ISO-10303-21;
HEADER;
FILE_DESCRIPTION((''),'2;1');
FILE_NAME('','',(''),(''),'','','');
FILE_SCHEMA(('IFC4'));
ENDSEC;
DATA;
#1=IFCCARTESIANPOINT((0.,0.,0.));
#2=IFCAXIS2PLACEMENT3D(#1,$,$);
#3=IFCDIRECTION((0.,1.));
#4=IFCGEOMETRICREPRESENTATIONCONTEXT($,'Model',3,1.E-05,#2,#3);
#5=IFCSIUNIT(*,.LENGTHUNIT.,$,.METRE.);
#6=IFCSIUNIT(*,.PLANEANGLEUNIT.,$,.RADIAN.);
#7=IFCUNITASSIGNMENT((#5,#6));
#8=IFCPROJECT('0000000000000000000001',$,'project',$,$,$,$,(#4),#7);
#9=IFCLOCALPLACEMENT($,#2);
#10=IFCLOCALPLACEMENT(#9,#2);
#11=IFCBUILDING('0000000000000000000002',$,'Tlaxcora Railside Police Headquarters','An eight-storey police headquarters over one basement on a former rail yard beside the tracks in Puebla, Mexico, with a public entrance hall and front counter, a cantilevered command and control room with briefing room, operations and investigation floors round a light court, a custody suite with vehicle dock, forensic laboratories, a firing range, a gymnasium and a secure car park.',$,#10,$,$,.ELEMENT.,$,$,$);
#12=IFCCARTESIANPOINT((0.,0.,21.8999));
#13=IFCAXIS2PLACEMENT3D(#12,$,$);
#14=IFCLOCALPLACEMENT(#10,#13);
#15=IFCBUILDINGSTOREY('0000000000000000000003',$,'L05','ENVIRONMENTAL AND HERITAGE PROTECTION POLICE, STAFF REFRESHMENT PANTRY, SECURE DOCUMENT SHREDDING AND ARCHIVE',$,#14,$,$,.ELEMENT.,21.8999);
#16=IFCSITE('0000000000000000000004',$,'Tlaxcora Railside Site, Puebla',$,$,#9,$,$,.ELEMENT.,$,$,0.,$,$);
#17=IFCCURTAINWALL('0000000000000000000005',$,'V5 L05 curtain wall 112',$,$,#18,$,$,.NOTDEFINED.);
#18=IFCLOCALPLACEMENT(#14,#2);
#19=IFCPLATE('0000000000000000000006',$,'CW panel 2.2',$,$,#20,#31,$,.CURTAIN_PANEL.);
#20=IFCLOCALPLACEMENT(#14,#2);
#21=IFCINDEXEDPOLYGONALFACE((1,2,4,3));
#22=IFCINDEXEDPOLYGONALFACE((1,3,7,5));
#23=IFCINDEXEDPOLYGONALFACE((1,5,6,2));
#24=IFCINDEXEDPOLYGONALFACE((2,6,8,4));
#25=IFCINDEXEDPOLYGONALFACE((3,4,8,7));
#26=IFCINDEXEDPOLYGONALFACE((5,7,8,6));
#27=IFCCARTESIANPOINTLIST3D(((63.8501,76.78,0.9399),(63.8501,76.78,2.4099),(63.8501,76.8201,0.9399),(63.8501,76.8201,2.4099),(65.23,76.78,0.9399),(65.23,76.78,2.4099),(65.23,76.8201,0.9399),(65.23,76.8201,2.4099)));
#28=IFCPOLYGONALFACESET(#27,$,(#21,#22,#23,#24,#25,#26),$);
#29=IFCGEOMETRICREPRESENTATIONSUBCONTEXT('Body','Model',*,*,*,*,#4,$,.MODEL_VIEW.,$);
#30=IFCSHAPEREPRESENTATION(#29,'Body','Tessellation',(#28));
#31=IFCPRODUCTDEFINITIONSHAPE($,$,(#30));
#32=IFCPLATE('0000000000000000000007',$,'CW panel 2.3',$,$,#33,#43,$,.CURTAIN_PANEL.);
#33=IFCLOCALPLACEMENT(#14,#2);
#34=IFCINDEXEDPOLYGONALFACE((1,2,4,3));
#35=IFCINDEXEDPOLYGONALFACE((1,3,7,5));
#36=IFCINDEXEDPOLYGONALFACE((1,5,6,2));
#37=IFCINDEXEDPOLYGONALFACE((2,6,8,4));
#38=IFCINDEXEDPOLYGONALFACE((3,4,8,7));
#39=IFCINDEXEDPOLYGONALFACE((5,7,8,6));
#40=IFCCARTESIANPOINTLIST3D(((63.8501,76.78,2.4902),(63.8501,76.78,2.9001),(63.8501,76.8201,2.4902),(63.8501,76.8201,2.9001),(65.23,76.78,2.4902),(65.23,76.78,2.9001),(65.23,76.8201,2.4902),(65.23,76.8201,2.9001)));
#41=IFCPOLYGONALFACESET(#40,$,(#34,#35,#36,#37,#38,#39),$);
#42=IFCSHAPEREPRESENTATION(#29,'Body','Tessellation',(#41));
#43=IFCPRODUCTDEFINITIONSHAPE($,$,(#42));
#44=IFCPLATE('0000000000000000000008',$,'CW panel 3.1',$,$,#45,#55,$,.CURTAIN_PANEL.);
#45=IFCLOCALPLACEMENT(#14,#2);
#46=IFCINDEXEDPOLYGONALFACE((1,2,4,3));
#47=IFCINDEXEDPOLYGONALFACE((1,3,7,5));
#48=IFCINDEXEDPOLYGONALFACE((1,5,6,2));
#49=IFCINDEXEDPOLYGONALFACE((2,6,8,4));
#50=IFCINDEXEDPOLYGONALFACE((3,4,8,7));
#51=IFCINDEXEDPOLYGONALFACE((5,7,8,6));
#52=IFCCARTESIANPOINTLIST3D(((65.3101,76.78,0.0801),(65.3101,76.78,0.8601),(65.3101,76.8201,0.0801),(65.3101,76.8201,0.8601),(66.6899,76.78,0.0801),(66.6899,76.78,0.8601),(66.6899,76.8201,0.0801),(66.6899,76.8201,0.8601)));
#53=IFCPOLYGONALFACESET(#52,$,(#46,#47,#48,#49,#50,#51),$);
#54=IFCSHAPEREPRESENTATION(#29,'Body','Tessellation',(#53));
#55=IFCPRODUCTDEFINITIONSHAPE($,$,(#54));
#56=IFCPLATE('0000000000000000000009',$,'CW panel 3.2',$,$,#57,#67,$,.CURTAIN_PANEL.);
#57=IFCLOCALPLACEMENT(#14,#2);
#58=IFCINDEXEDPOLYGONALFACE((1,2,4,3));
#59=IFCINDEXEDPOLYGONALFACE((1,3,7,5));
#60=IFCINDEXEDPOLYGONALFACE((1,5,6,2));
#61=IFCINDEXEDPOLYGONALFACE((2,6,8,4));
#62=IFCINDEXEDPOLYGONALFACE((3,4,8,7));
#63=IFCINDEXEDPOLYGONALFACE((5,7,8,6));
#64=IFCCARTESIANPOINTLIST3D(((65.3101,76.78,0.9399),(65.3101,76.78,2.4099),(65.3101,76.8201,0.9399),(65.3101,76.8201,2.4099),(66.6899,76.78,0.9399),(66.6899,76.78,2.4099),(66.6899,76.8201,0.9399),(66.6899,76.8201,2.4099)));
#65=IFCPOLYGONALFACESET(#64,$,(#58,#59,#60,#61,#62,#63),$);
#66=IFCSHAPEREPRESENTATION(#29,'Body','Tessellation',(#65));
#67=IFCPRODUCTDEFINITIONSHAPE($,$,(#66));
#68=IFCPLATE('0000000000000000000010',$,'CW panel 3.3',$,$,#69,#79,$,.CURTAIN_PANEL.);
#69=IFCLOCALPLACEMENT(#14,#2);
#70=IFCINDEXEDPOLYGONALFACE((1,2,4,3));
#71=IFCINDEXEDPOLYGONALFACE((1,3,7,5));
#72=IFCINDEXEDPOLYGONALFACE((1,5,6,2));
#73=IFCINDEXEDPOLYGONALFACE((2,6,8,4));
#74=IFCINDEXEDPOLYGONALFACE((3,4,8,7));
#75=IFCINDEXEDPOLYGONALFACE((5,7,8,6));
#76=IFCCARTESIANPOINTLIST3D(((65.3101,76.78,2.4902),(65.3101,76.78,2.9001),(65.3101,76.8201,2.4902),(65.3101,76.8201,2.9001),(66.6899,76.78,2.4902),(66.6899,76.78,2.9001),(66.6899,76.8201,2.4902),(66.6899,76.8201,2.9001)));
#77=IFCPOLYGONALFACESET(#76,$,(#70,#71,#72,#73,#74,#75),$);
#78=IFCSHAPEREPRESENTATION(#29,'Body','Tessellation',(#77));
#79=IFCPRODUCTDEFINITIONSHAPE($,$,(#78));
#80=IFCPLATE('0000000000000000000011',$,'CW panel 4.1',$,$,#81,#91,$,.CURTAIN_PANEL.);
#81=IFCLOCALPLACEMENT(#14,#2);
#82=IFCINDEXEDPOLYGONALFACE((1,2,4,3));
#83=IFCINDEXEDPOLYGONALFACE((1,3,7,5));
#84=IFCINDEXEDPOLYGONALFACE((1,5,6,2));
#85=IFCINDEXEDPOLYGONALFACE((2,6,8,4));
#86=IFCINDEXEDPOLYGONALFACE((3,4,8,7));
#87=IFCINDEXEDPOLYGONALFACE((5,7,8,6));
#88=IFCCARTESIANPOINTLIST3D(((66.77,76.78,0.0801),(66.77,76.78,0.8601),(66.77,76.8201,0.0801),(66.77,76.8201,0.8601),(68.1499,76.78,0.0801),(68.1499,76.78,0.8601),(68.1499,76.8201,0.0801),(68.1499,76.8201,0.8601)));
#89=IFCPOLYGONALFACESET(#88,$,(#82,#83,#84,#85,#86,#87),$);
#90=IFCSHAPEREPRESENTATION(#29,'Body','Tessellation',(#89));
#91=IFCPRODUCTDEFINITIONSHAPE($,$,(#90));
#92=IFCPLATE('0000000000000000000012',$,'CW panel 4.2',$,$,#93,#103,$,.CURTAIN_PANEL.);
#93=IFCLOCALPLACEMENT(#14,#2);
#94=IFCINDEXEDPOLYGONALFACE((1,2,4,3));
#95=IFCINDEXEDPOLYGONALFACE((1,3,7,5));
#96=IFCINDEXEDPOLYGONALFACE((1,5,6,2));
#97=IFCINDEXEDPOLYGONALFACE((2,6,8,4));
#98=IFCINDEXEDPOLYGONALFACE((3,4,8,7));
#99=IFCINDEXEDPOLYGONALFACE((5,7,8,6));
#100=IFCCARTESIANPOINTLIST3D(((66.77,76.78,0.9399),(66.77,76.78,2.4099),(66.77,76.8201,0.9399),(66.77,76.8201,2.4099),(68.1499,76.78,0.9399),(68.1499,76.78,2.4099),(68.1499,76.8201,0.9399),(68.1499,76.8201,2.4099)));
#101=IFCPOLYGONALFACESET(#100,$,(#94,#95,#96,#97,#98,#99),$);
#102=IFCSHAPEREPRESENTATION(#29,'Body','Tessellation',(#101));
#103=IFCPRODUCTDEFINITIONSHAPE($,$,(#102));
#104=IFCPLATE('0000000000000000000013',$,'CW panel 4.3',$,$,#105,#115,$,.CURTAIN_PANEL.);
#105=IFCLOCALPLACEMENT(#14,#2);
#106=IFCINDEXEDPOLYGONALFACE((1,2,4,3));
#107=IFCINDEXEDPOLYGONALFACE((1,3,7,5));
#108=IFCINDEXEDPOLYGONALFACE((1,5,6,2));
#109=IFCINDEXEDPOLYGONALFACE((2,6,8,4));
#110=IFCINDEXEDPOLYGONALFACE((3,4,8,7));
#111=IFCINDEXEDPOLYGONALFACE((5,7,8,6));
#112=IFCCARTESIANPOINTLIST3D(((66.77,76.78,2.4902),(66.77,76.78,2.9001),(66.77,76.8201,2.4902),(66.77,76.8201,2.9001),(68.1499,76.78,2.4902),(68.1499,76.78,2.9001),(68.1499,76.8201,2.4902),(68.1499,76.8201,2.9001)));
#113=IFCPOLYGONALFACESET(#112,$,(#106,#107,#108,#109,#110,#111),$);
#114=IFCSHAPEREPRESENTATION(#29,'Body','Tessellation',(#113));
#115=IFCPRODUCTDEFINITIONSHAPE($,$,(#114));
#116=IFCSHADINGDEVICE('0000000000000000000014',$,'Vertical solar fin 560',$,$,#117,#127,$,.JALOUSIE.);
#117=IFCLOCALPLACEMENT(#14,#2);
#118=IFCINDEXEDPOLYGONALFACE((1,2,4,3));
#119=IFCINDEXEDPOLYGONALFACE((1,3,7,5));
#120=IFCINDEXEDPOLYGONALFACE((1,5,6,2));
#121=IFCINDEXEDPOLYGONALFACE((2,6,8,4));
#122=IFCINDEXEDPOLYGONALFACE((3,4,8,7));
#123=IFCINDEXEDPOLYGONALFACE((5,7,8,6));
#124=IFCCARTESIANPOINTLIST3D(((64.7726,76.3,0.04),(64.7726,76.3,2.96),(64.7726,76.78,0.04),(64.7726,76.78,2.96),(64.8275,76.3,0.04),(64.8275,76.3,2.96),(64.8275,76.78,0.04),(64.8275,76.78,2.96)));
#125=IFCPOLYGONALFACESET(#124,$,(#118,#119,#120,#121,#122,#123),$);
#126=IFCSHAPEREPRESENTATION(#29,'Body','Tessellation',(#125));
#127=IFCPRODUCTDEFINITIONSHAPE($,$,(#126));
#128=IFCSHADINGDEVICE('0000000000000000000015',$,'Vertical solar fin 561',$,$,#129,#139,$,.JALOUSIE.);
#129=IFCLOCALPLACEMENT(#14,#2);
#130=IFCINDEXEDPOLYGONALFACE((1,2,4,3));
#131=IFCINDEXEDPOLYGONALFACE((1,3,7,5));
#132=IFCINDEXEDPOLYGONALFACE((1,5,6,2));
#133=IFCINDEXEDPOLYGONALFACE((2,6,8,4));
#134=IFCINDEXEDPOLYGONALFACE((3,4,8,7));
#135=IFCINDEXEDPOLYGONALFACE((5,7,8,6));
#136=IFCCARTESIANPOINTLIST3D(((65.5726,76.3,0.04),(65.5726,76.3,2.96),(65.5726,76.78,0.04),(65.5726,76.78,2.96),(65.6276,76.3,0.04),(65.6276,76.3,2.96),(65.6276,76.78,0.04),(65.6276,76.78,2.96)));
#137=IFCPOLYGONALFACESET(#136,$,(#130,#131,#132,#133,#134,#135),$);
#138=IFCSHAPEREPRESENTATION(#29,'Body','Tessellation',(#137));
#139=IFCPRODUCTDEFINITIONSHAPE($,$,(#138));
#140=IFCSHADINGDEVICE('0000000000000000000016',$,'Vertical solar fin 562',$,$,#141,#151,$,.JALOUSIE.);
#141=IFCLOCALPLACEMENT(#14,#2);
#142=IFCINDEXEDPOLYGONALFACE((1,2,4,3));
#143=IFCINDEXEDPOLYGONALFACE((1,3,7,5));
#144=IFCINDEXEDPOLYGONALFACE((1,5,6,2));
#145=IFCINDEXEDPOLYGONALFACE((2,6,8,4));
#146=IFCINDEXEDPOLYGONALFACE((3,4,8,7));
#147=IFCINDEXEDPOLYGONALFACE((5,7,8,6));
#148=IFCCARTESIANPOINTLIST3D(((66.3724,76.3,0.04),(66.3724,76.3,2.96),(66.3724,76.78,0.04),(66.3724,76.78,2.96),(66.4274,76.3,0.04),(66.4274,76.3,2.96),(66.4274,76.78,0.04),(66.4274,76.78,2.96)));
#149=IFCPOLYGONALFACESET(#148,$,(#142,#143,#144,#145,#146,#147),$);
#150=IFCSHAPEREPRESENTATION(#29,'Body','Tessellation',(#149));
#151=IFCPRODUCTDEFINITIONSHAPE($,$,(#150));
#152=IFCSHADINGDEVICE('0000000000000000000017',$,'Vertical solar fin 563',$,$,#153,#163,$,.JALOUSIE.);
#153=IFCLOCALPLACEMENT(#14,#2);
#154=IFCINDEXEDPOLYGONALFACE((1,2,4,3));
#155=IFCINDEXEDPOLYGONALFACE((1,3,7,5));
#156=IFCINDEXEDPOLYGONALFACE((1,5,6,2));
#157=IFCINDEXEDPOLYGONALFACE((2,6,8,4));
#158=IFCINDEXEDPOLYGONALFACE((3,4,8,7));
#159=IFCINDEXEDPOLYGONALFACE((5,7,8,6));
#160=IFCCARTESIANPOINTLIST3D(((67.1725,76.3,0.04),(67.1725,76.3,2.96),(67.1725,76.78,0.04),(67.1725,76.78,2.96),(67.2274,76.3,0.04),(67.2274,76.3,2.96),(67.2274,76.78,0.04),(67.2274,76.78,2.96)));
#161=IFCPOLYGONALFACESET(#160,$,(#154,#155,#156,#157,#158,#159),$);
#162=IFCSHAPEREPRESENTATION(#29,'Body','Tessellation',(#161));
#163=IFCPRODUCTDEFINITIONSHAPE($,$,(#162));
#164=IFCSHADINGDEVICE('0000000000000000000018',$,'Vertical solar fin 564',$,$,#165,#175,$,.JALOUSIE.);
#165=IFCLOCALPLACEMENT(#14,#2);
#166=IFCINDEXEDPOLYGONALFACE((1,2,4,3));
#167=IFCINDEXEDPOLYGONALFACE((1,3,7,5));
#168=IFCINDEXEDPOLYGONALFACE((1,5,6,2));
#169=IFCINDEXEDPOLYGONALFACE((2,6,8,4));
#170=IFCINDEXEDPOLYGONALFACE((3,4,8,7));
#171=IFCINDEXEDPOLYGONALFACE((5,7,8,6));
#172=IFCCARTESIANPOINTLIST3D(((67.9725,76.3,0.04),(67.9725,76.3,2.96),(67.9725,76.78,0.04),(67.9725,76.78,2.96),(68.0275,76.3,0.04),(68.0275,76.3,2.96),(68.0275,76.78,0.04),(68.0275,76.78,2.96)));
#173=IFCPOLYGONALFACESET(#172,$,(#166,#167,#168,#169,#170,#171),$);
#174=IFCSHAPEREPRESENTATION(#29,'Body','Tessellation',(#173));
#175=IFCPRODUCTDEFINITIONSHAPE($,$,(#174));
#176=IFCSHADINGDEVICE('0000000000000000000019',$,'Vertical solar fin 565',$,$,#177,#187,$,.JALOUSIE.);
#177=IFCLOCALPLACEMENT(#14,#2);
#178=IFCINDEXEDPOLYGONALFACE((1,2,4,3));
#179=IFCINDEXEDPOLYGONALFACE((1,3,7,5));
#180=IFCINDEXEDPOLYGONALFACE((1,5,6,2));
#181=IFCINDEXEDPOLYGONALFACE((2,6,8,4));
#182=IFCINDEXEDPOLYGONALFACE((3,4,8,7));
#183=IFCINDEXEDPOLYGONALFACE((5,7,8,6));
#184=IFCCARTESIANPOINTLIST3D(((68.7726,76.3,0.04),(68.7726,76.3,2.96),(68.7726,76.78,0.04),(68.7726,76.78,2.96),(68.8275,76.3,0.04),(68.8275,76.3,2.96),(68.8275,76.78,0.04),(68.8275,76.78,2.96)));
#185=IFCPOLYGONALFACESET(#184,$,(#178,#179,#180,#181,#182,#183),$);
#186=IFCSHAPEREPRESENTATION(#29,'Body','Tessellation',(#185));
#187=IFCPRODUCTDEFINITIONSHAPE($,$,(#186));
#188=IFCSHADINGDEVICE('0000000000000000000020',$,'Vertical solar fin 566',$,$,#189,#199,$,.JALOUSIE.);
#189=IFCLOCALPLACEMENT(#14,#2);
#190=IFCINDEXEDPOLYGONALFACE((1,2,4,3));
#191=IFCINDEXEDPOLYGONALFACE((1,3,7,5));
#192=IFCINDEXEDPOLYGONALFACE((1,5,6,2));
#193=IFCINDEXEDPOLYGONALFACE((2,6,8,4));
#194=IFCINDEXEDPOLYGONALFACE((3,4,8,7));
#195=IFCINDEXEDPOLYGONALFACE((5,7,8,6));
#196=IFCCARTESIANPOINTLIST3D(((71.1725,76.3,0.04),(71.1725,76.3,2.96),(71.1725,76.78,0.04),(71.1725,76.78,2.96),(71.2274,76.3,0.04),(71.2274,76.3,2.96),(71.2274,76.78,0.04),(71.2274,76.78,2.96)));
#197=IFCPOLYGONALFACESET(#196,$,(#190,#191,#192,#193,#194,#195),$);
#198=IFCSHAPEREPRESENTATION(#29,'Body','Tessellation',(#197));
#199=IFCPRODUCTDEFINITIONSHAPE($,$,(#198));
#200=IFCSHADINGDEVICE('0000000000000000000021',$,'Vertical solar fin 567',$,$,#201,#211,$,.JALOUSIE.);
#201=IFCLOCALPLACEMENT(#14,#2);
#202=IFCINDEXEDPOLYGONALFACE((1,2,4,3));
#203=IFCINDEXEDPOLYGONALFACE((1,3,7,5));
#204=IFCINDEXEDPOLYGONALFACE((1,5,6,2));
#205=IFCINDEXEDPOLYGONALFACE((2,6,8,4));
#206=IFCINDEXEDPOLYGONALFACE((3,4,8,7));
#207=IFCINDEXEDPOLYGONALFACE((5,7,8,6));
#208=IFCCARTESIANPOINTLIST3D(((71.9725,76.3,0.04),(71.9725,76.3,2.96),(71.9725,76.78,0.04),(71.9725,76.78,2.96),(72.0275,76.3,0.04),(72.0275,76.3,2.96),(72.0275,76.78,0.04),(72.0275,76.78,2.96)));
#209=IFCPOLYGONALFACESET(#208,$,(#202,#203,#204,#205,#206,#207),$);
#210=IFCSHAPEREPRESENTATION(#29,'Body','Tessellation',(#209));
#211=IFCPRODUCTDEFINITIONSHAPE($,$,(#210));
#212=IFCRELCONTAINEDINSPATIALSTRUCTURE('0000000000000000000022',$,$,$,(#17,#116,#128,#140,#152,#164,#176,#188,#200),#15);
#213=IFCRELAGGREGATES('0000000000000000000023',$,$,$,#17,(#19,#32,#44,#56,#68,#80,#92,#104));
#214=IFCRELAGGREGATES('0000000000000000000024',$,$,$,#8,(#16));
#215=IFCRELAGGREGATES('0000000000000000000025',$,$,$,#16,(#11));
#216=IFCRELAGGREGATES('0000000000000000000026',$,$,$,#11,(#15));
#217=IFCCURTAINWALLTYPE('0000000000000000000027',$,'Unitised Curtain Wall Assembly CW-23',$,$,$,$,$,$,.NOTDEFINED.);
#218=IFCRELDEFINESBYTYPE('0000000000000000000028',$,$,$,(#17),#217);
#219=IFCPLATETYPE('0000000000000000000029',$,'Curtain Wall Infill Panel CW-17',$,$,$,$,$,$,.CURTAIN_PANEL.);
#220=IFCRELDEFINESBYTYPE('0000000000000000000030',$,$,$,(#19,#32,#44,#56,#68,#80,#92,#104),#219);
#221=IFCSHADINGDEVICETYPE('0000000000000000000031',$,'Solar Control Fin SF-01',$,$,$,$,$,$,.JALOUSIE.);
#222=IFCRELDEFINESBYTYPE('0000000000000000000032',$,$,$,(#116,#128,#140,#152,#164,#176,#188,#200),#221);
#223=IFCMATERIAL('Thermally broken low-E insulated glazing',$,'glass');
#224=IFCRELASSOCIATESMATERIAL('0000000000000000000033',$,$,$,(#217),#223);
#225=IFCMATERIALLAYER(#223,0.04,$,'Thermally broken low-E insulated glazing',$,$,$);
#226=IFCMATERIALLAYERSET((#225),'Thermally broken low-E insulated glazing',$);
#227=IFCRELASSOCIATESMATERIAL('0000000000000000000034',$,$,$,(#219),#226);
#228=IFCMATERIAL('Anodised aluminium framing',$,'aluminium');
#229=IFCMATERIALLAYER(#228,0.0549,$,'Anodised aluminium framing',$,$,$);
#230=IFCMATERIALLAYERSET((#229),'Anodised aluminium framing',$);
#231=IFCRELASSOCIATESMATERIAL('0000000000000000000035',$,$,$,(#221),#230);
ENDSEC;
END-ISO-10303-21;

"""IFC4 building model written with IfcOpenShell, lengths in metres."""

from ifc_helpers import new_model, si_unit, direction, frame, origin, origin_2d, place, context, subcontext, project, spatial, rectangle, extrude, material, layer, layer_set, type_object, element, aggregate, save


model = new_model("IFC4")

# Units and contexts
model_context = context("Model", 3, precision=1e-05, world=origin(), true_north=direction((0.0, 1.0)))
body_context = subcontext(model_context, "Body", "Model", "MODEL_VIEW")
ifc_project = project(units=[si_unit("LENGTHUNIT", "METRE"), si_unit("PLANEANGLEUNIT", "RADIAN")], contexts=[model_context])

# Site, building, storey
site_placement = place(None, origin())
site = spatial("IfcSite", under=ifc_project, at=site_placement, Name="Tlaxcora Railside Site, Puebla", CompositionType="ELEMENT", RefElevation=0.0)
building_placement = place(site_placement, origin())
building = spatial("IfcBuilding", under=site, at=building_placement, Name="Tlaxcora Railside Police Headquarters", Description="An eight-storey police headquarters over one basement on a former rail yard beside the tracks in Puebla, Mexico, with a public entrance hall and front counter, a cantilevered command and control room with briefing room, operations and investigation floors round a light court, a custody suite with vehicle dock, forensic laboratories, a firing range, a gymnasium and a secure car park.", CompositionType="ELEMENT")
storey_placement = place(building_placement, frame((0.0, 0.0, 21.8999)))
storey = spatial("IfcBuildingStorey", under=building, at=storey_placement, Name="L05", Description="ENVIRONMENTAL AND HERITAGE PROTECTION POLICE, STAFF REFRESHMENT PANTRY, SECURE DOCUMENT SHREDDING AND ARCHIVE", CompositionType="ELEMENT", Elevation=21.8999)

# Curtain wall, plates
ifc_material_1 = material(Name="Thermally broken low-E insulated glazing", Category="glass")
curtain_wall_type = type_object("IfcCurtainWallType", Name="Unitised Curtain Wall Assembly CW-23", PredefinedType="NOTDEFINED", material=ifc_material_1)
curtain_wall_placement = place(storey_placement, origin())
curtain_wall = element("IfcCurtainWall", 1, at=curtain_wall_placement, inside=storey, type_object=curtain_wall_type, Name="V5 L05 curtain wall 112", PredefinedType="NOTDEFINED")
ifc_material_2 = material(Name="Anodised aluminium framing", Category="aluminium")
ifc_layer_1 = layer(ifc_material_1, 0.04, Name="Thermally broken low-E insulated glazing")
ifc_layer_set_1 = layer_set([ifc_layer_1], Name="Thermally broken low-E insulated glazing")
plate_type = type_object("IfcPlateType", Name="Curtain Wall Infill Panel CW-17", PredefinedType="CURTAIN_PANEL", material=ifc_layer_set_1)
plate_1_placement = place(storey_placement, frame((64.54, 76.8, 0.9399), z_axis=(0.0, 0.0, 1.0), x_axis=(1.0, 0.0, 0.0)))
plate_1 = element("IfcPlate", 2, at=plate_1_placement, type_object=plate_type, Name="CW panel 2.2", PredefinedType="CURTAIN_PANEL", context=body_context, shape_type="SweptSolid", body=[
    extrude(rectangle(XDim=1.3799, YDim=0.04, at=origin_2d()), origin(), (0.0, 0.0, 1.0), 1.47),
])
plate_2_placement = place(storey_placement, frame((64.54, 76.8, 2.4902), z_axis=(0.0, 0.0, 1.0), x_axis=(1.0, 0.0, 0.0)))
plate_2 = element("IfcPlate", 3, at=plate_2_placement, type_object=plate_type, Name="CW panel 2.3", PredefinedType="CURTAIN_PANEL", context=body_context, shape_type="SweptSolid", body=[
    extrude(rectangle(XDim=1.3799, YDim=0.04, at=origin_2d()), origin(), (0.0, 0.0, 1.0), 0.4099),
])
plate_3_placement = place(storey_placement, frame((66.0, 76.8, 0.0801), z_axis=(0.0, 0.0, 1.0), x_axis=(1.0, 0.0, 0.0)))
plate_3 = element("IfcPlate", 4, at=plate_3_placement, type_object=plate_type, Name="CW panel 3.1", PredefinedType="CURTAIN_PANEL", context=body_context, shape_type="SweptSolid", body=[
    extrude(rectangle(XDim=1.3799, YDim=0.04, at=origin_2d()), origin(), (0.0, 0.0, 1.0), 0.78),
])
plate_4_placement = place(storey_placement, frame((66.0, 76.8, 0.9399), z_axis=(0.0, 0.0, 1.0), x_axis=(1.0, 0.0, 0.0)))
plate_4 = element("IfcPlate", 5, at=plate_4_placement, type_object=plate_type, Name="CW panel 3.2", PredefinedType="CURTAIN_PANEL", context=body_context, shape_type="SweptSolid", body=[
    extrude(rectangle(XDim=1.3799, YDim=0.04, at=origin_2d()), origin(), (0.0, 0.0, 1.0), 1.47),
])
plate_5_placement = place(storey_placement, frame((66.0, 76.8, 2.4902), z_axis=(0.0, 0.0, 1.0), x_axis=(1.0, 0.0, 0.0)))
plate_5 = element("IfcPlate", 6, at=plate_5_placement, type_object=plate_type, Name="CW panel 3.3", PredefinedType="CURTAIN_PANEL", context=body_context, shape_type="SweptSolid", body=[
    extrude(rectangle(XDim=1.3799, YDim=0.04, at=origin_2d()), origin(), (0.0, 0.0, 1.0), 0.4099),
])
plate_6_placement = place(storey_placement, frame((67.46, 76.8, 0.0801), z_axis=(0.0, 0.0, 1.0), x_axis=(1.0, 0.0, 0.0)))
plate_6 = element("IfcPlate", 7, at=plate_6_placement, type_object=plate_type, Name="CW panel 4.1", PredefinedType="CURTAIN_PANEL", context=body_context, shape_type="SweptSolid", body=[
    extrude(rectangle(XDim=1.3799, YDim=0.04, at=origin_2d()), origin(), (0.0, 0.0, 1.0), 0.78),
])
plate_7_placement = place(storey_placement, frame((67.46, 76.8, 0.9399), z_axis=(0.0, 0.0, 1.0), x_axis=(1.0, 0.0, 0.0)))
plate_7 = element("IfcPlate", 8, at=plate_7_placement, type_object=plate_type, Name="CW panel 4.2", PredefinedType="CURTAIN_PANEL", context=body_context, shape_type="SweptSolid", body=[
    extrude(rectangle(XDim=1.3799, YDim=0.04, at=origin_2d()), origin(), (0.0, 0.0, 1.0), 1.47),
])
plate_8_placement = place(storey_placement, frame((67.46, 76.8, 2.4902), z_axis=(0.0, 0.0, 1.0), x_axis=(1.0, 0.0, 0.0)))
plate_8 = element("IfcPlate", 9, at=plate_8_placement, type_object=plate_type, Name="CW panel 4.3", PredefinedType="CURTAIN_PANEL", context=body_context, shape_type="SweptSolid", body=[
    extrude(rectangle(XDim=1.3799, YDim=0.04, at=origin_2d()), origin(), (0.0, 0.0, 1.0), 0.4099),
])
aggregate(curtain_wall, [plate_1, plate_2, plate_3, plate_4, plate_5, plate_6, plate_7, plate_8])

# Shading devices
ifc_layer_2 = layer(ifc_material_2, 0.0549, Name="Anodised aluminium framing")
ifc_layer_set_2 = layer_set([ifc_layer_2], Name="Anodised aluminium framing")
shading_device_type = type_object("IfcShadingDeviceType", Name="Solar Control Fin SF-01", PredefinedType="JALOUSIE", material=ifc_layer_set_2)
for number, where, z_axis, x_axis, name in (
    (10, (64.8, 76.54, 0.04), (0.0, 0.0, 1.0), (0.0, -1.0, 0.0), "Vertical solar fin 560"),
    (11, (65.6001, 76.54, 0.04), (0.0, 0.0, 1.0), (0.0, -1.0, 0.0), "Vertical solar fin 561"),
    (12, (66.3999, 76.54, 0.04), (0.0, 0.0, 1.0), (0.0, -1.0, 0.0), "Vertical solar fin 562"),
    (13, (67.2, 76.54, 0.04), (0.0, 0.0, 1.0), (0.0, -1.0, 0.0), "Vertical solar fin 563"),
    (14, (68.0, 76.54, 0.04), (0.0, 0.0, 1.0), (0.0, -1.0, 0.0), "Vertical solar fin 564"),
    (15, (68.8, 76.54, 0.04), (0.0, 0.0, 1.0), (0.0, -1.0, 0.0), "Vertical solar fin 565"),
    (16, (71.2, 76.54, 0.04), (0.0, 0.0, 1.0), (0.0, -1.0, 0.0), "Vertical solar fin 566"),
    (17, (72.0, 76.54, 0.04), (0.0, 0.0, 1.0), (0.0, -1.0, 0.0), "Vertical solar fin 567"),
):
    element("IfcShadingDevice", number, at=place(storey_placement, frame(where, z_axis=z_axis, x_axis=x_axis)), inside=storey, type_object=shading_device_type, Name=name, PredefinedType="JALOUSIE", context=body_context, shape_type="SweptSolid", body=[
        extrude(rectangle(XDim=0.48, YDim=0.0549, at=origin_2d()), origin(), (0.0, 0.0, 1.0), 2.9199),
    ])

save(model, "model.ifc")
